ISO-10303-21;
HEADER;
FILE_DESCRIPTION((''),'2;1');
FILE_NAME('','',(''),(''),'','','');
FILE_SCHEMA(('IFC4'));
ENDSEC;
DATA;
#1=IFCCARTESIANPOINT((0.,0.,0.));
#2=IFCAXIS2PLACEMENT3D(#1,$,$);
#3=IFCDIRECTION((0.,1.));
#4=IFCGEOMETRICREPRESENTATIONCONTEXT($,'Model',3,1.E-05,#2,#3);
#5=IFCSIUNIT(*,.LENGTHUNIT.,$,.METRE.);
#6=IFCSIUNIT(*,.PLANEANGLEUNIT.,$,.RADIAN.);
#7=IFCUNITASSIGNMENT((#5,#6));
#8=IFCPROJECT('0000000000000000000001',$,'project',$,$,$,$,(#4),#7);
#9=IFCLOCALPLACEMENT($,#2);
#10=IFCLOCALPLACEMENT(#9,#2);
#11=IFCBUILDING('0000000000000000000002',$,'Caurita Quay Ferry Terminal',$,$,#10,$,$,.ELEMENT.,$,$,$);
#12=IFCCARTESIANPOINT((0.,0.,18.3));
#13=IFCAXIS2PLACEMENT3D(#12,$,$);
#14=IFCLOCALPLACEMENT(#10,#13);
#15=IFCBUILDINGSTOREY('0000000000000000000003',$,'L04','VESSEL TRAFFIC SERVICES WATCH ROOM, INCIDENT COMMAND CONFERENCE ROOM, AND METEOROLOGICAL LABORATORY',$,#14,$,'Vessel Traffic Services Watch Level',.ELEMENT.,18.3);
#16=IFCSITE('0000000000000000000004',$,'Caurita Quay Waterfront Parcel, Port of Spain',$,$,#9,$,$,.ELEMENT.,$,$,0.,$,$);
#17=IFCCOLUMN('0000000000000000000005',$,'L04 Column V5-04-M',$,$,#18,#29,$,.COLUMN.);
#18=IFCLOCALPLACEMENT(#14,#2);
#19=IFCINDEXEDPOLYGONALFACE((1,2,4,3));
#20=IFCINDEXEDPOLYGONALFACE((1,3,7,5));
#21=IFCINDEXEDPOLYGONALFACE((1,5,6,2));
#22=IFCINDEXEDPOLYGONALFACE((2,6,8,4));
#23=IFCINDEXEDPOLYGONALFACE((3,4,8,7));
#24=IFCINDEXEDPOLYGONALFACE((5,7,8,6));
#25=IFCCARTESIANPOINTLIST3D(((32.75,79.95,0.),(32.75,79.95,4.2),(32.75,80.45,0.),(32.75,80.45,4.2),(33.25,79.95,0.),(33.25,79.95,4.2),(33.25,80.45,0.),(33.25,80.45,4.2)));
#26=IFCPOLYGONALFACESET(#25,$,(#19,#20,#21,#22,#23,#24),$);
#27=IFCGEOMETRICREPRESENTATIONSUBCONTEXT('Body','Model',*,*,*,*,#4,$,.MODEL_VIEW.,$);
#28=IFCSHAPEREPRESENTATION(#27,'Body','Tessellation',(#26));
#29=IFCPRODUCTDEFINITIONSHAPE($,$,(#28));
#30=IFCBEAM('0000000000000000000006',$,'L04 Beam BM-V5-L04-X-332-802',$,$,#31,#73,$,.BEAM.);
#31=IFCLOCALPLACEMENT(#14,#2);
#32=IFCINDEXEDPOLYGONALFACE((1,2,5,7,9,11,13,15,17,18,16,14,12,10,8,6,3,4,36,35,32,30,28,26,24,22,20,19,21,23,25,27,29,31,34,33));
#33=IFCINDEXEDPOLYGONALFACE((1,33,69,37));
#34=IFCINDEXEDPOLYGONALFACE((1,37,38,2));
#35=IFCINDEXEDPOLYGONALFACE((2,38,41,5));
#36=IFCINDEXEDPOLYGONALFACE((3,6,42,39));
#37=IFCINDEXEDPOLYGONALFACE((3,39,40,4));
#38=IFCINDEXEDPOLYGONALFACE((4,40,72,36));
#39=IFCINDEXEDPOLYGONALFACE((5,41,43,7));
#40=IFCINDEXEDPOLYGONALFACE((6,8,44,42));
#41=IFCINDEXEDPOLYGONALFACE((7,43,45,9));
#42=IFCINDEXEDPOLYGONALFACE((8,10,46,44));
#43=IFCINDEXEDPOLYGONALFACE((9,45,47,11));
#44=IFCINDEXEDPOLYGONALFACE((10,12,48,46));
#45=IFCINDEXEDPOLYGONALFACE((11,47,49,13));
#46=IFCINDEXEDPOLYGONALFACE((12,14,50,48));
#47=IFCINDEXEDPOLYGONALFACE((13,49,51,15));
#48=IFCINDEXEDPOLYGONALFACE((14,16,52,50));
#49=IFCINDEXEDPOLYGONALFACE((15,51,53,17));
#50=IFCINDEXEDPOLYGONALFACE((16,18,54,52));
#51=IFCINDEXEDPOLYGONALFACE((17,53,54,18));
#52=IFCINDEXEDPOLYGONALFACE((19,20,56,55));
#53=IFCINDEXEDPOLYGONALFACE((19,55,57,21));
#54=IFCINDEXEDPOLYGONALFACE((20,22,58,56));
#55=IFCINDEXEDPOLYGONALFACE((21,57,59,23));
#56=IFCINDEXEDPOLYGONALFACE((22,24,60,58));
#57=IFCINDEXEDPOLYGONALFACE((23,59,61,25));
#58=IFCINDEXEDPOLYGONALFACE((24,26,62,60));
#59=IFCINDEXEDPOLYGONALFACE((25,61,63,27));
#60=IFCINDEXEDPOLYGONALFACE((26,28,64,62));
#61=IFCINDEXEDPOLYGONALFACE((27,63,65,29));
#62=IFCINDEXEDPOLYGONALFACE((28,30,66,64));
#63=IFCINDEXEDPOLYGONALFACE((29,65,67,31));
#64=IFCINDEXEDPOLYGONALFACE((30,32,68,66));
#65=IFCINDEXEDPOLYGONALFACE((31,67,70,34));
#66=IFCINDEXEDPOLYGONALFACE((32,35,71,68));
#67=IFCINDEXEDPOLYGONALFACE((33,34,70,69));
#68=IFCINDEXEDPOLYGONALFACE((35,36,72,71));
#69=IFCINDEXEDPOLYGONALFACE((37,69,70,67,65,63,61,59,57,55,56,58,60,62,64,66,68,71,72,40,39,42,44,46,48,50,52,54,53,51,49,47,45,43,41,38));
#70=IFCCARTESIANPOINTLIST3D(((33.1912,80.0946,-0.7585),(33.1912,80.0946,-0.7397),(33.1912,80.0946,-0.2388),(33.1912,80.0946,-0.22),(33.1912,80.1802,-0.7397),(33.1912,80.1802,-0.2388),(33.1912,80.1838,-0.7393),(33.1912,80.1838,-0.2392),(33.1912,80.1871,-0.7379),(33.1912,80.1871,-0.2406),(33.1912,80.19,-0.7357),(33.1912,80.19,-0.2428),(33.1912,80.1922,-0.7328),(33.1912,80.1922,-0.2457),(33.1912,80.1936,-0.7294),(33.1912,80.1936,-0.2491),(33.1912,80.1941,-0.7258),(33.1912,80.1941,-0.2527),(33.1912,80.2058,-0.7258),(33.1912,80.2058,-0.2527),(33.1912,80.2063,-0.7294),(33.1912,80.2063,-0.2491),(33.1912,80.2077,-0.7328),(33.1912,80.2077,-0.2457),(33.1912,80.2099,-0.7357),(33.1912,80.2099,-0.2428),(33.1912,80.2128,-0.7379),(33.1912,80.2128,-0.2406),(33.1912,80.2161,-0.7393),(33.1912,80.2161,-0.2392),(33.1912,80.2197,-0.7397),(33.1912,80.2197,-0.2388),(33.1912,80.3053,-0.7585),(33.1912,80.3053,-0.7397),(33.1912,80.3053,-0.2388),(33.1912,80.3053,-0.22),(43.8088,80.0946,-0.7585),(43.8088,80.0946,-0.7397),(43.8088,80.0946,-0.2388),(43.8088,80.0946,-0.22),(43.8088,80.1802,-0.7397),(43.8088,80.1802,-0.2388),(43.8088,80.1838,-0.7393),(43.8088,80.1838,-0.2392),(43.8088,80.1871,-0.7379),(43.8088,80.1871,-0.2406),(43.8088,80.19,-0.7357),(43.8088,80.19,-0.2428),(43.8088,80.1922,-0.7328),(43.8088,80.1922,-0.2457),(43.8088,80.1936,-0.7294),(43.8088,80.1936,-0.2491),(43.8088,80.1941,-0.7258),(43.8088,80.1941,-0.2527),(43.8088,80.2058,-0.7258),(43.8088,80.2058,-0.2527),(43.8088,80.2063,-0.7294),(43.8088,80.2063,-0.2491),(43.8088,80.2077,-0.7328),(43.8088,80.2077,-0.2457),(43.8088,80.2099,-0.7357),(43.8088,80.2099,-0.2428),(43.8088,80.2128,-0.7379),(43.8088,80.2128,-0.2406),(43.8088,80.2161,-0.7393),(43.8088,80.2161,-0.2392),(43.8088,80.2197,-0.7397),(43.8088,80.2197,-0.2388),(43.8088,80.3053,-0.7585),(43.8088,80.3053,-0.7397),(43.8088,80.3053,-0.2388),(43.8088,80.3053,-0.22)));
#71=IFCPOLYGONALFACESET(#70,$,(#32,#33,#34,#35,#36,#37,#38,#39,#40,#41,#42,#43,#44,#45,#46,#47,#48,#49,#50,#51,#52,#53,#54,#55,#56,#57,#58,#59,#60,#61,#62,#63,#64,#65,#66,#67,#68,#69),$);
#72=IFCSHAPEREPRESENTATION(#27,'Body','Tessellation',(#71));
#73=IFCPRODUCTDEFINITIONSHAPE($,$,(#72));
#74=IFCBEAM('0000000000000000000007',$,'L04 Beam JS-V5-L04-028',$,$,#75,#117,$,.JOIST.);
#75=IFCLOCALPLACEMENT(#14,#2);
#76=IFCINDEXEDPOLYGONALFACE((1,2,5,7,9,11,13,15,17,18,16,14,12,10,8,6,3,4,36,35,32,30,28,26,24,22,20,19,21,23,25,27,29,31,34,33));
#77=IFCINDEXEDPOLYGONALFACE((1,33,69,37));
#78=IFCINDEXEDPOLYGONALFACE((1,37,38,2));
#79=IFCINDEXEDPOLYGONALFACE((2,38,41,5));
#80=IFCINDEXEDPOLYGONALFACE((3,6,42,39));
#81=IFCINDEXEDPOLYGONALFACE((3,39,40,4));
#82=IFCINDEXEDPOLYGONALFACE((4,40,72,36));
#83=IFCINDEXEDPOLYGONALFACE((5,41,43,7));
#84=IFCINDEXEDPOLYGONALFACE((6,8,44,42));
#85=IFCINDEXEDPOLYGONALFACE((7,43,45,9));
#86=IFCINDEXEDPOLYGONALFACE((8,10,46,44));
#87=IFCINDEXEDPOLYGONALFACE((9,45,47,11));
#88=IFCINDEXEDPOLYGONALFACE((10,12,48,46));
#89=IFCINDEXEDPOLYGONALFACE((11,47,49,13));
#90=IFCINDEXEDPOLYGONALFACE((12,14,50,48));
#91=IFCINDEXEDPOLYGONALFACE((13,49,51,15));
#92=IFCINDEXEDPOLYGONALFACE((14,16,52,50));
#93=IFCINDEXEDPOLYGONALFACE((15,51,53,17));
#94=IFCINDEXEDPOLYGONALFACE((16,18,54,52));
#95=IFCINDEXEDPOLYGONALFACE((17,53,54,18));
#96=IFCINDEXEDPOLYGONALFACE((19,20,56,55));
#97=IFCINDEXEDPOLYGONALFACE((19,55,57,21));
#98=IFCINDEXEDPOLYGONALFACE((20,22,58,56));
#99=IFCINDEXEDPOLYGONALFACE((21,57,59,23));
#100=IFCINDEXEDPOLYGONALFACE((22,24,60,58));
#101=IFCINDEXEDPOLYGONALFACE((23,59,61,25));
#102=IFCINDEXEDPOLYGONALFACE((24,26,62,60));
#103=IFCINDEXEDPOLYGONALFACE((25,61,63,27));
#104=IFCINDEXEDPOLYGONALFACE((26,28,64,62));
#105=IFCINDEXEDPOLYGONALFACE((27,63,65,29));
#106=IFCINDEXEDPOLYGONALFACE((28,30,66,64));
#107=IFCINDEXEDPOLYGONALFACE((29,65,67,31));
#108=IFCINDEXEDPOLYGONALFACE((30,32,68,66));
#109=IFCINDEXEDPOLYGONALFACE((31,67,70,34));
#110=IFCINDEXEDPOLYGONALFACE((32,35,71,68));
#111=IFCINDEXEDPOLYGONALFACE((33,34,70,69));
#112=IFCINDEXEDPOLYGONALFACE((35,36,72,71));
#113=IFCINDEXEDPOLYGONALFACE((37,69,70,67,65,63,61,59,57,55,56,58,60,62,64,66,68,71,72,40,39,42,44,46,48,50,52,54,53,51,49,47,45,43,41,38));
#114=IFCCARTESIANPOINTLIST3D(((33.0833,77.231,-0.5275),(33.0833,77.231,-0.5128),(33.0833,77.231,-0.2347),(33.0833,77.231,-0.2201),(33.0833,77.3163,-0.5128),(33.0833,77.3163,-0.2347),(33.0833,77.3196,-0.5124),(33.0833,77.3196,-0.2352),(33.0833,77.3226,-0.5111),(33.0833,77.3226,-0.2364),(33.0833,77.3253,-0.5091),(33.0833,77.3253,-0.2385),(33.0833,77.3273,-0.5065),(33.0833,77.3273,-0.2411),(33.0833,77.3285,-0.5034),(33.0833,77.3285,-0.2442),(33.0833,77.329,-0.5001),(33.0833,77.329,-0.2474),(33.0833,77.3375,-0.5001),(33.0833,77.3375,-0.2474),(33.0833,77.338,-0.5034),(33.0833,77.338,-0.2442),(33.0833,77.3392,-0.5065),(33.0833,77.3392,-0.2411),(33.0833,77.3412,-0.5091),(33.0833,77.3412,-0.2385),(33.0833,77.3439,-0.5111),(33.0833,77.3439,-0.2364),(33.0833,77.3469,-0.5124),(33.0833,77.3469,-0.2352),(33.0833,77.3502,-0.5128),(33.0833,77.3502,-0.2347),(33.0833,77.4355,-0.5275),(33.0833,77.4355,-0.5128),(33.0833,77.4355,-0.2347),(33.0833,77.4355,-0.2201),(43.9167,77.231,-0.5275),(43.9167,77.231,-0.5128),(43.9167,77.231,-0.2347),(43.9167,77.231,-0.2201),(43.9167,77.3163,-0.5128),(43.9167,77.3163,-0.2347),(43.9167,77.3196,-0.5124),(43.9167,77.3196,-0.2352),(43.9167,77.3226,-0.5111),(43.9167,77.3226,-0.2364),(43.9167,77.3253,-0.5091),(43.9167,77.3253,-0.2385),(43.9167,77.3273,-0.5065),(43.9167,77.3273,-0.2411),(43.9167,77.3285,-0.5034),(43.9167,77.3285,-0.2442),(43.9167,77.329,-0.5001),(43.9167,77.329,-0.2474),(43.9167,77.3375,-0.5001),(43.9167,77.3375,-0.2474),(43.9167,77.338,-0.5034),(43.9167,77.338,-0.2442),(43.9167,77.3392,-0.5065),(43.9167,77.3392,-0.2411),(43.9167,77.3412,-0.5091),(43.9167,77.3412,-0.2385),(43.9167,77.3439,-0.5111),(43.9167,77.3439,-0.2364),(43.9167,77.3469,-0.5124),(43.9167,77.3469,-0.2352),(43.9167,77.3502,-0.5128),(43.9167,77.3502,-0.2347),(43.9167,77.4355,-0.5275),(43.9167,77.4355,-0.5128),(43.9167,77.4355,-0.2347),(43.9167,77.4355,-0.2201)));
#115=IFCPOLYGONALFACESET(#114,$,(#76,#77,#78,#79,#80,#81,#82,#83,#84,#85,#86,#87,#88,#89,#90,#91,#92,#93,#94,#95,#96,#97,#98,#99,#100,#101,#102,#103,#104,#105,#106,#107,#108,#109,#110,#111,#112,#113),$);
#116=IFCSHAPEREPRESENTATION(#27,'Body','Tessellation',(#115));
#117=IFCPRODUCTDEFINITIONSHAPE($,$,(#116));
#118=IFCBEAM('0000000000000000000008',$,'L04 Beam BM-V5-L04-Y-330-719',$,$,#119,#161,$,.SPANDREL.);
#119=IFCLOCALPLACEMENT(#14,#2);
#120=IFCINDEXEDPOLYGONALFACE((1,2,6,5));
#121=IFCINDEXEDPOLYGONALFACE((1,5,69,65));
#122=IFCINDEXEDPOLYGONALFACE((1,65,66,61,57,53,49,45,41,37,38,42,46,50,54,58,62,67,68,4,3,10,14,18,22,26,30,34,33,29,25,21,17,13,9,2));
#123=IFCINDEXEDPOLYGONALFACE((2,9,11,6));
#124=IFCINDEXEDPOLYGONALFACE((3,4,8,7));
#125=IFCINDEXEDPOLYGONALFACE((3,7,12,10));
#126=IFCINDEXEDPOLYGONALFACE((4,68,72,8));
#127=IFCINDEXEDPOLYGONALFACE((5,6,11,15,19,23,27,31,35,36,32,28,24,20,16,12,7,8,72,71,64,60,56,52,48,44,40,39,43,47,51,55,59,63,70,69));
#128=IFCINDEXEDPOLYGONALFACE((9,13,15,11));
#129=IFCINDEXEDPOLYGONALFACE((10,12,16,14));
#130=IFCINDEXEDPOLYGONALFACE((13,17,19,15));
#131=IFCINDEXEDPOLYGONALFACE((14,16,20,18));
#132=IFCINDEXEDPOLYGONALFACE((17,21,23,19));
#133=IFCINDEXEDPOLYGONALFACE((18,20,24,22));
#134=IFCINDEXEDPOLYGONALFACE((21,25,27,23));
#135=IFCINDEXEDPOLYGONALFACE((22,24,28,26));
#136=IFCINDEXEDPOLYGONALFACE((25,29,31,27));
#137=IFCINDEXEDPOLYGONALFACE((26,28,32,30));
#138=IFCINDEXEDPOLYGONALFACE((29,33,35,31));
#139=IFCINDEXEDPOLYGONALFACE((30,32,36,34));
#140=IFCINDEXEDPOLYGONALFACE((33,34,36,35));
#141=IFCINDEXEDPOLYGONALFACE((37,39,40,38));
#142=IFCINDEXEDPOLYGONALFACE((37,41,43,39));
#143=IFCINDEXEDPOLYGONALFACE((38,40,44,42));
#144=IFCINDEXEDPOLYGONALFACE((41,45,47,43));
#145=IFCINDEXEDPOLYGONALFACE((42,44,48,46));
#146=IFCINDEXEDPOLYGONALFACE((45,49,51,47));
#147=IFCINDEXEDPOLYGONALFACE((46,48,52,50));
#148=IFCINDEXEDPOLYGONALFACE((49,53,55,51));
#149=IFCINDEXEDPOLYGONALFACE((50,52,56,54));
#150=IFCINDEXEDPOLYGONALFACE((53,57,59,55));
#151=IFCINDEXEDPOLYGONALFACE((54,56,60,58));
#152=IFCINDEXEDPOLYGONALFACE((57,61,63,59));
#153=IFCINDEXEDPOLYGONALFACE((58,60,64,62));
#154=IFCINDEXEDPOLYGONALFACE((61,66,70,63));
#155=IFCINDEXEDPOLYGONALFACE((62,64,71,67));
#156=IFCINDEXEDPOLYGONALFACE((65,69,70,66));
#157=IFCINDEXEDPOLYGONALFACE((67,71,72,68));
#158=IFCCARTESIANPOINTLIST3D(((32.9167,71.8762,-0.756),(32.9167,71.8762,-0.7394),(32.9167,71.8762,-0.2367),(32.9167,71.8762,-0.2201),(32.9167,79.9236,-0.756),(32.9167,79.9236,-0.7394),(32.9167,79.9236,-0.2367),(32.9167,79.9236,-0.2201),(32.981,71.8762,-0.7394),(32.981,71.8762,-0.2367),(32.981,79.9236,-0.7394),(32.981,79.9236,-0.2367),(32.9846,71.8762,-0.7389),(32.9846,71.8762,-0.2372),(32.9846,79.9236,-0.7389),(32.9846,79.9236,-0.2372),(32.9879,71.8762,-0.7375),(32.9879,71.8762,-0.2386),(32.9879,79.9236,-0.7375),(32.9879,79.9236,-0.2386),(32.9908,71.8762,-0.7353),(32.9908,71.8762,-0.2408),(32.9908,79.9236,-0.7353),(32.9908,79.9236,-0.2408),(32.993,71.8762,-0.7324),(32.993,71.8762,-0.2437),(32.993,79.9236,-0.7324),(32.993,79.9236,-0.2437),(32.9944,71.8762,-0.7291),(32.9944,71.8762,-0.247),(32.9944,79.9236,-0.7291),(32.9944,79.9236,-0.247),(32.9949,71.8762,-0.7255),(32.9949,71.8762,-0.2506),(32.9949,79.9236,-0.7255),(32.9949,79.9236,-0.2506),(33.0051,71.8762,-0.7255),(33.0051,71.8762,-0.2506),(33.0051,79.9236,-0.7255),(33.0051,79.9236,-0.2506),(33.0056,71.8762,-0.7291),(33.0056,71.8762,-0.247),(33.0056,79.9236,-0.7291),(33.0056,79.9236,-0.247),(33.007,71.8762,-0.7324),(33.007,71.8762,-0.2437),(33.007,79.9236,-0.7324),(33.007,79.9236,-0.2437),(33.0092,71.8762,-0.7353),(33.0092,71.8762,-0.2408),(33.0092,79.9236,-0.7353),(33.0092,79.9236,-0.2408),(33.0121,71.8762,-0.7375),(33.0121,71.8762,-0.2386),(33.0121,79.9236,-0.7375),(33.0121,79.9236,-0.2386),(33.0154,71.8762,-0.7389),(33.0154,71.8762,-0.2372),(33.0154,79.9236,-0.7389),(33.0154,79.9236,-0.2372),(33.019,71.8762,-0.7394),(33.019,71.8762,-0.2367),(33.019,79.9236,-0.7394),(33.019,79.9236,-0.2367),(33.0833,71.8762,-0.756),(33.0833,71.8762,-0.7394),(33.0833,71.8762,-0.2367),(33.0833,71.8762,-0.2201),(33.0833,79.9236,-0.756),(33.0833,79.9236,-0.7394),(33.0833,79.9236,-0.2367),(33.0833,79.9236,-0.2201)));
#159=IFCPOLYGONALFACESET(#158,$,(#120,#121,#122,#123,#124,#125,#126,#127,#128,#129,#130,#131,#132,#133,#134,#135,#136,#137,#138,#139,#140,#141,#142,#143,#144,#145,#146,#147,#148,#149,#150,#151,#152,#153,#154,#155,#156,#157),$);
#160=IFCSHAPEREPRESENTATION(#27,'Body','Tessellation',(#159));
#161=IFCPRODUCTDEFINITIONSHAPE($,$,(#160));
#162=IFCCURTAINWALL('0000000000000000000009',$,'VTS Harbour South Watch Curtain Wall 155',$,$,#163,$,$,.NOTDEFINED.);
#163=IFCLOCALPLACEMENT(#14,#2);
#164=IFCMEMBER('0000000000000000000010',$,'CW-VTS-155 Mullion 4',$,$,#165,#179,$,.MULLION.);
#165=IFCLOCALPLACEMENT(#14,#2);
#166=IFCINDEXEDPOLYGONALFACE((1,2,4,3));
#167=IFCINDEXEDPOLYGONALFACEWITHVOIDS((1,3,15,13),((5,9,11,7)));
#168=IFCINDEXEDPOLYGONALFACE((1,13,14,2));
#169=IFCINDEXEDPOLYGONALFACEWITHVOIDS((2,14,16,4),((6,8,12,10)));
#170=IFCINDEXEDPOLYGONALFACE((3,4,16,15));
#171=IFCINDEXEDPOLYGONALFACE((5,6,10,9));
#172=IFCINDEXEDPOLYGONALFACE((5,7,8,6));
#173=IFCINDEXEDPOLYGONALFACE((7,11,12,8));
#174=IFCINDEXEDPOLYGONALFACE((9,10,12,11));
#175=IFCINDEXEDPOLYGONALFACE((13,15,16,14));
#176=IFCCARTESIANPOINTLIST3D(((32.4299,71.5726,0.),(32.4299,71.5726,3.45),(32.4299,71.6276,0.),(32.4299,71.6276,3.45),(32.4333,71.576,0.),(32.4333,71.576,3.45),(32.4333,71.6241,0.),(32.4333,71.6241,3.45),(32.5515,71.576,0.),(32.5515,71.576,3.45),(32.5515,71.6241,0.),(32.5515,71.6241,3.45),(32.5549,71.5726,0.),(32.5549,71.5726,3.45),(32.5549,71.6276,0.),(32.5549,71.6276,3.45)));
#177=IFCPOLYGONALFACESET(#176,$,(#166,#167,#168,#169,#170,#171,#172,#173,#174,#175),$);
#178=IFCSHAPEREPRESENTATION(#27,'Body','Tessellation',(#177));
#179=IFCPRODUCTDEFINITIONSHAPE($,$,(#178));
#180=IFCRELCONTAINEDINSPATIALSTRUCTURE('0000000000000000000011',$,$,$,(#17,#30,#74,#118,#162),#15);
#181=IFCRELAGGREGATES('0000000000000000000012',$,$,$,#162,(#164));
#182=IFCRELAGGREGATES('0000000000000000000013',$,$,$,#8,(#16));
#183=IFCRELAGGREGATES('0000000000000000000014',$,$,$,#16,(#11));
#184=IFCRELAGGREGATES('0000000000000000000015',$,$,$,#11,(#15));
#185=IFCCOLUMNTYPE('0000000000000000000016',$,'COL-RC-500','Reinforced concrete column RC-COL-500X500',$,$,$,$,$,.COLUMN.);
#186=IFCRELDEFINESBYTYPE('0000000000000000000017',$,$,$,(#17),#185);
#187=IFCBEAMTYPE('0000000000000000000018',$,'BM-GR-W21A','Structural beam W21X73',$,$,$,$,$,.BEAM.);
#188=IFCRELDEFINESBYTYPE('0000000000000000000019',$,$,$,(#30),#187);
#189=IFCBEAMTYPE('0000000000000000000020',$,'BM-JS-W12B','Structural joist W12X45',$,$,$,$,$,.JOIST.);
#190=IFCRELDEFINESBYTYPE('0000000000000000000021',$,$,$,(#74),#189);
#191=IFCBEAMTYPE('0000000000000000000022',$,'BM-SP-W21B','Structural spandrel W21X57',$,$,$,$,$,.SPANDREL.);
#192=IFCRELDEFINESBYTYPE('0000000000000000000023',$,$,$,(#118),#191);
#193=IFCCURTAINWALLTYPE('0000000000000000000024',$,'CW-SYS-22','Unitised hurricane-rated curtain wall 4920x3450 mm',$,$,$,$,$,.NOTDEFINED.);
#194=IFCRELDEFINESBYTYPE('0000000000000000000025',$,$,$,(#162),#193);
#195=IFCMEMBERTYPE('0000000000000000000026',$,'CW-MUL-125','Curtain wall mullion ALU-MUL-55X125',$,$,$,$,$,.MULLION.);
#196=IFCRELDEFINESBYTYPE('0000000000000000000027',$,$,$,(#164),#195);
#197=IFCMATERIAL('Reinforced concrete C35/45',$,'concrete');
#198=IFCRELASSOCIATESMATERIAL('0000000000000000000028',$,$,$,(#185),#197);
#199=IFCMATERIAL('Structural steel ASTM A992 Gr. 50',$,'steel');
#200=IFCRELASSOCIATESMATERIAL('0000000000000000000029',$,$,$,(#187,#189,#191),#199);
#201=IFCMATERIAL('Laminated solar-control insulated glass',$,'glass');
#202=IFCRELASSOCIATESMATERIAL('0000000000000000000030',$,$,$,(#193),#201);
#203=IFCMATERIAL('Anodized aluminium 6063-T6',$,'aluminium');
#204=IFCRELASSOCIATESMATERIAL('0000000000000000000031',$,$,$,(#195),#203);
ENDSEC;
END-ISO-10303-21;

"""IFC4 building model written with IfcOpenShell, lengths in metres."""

from ifc_helpers import new_model, si_unit, direction, frame, origin, origin_2d, place, context, subcontext, project, spatial, rectangle, hollow_rectangle, i_section, extrude, material, material_profile, profile_set, type_object, element, aggregate, save


model = new_model("IFC4")

# Units and contexts
model_context = context("Model", 3, precision=1e-05, world=origin(), true_north=direction((0.0, 1.0)))
body_context = subcontext(model_context, "Body", "Model", "MODEL_VIEW")
ifc_project = project(units=[si_unit("LENGTHUNIT", "METRE"), si_unit("PLANEANGLEUNIT", "RADIAN")], contexts=[model_context])

# Site, building, storey
site_placement = place(None, origin())
site = spatial("IfcSite", under=ifc_project, at=site_placement, Name="Caurita Quay Waterfront Parcel, Port of Spain", CompositionType="ELEMENT", RefElevation=0.0)
building_placement = place(site_placement, origin())
building = spatial("IfcBuilding", under=site, at=building_placement, Name="Caurita Quay Ferry Terminal", CompositionType="ELEMENT")
storey_placement = place(building_placement, frame((0.0, 0.0, 18.3)))
storey = spatial("IfcBuildingStorey", under=building, at=storey_placement, Name="L04", Description="VESSEL TRAFFIC SERVICES WATCH ROOM, INCIDENT COMMAND CONFERENCE ROOM, AND METEOROLOGICAL LABORATORY", LongName="Vessel Traffic Services Watch Level", CompositionType="ELEMENT", Elevation=18.3)

# Column
ifc_material_1 = material(Name="Reinforced concrete C35/45", Category="concrete")
ifc_material_profile_1 = material_profile(ifc_material_1, rectangle(XDim=0.5, YDim=0.5, at=origin_2d()), Name="RC-COL-500X500")
ifc_profile_set_1 = profile_set([ifc_material_profile_1], Name="Reinforced concrete C35/45")
column_type = type_object("IfcColumnType", Name="COL-RC-500", Description="Reinforced concrete column RC-COL-500X500", PredefinedType="COLUMN", material=ifc_profile_set_1)
column_placement = place(storey_placement, frame((33.0, 80.2, 0.0), z_axis=(0.0, 0.0, 1.0), x_axis=(1.0, 0.0, 0.0)))
element("IfcColumn", 1, at=column_placement, inside=storey, type_object=column_type, Name="L04 Column V5-04-M", PredefinedType="COLUMN", context=body_context, shape_type="SweptSolid", body=[
    extrude(rectangle(XDim=0.5, YDim=0.5, at=origin_2d()), origin(), (0.0, 0.0, 1.0), 4.2),
])

# Beams
ifc_material_2 = material(Name="Structural steel ASTM A992 Gr. 50", Category="steel")
ifc_material_profile_2 = material_profile(ifc_material_2, i_section(OverallWidth=0.2107, OverallDepth=0.5386, WebThickness=0.0117, FlangeThickness=0.0188, FilletRadius=0.0139, at=origin_2d()), Name="W21X73")
ifc_profile_set_2 = profile_set([ifc_material_profile_2], Name="Structural steel ASTM A992 Gr. 50")
beam_type_1 = type_object("IfcBeamType", Name="BM-GR-W21A", Description="Structural beam W21X73", PredefinedType="BEAM", material=ifc_profile_set_2)
beam_1_placement = place(storey_placement, frame((33.1912, 80.2, -0.4893), z_axis=(1.0, 0.0, 0.0), x_axis=(0.0, 1.0, 0.0)))
element("IfcBeam", 2, at=beam_1_placement, inside=storey, type_object=beam_type_1, Name="L04 Beam BM-V5-L04-X-332-802", PredefinedType="BEAM", context=body_context, shape_type="SweptSolid", body=[
    extrude(i_section(OverallWidth=0.2107, OverallDepth=0.5386, WebThickness=0.0117, FlangeThickness=0.0188, FilletRadius=0.0139, at=origin_2d()), origin(), (0.0, 0.0, 1.0), 10.6177),
])
ifc_material_profile_3 = material_profile(ifc_material_2, i_section(OverallWidth=0.2046, OverallDepth=0.3074, WebThickness=0.0085, FlangeThickness=0.0146, FilletRadius=0.0127, at=origin_2d()), Name="W12X45")
ifc_profile_set_3 = profile_set([ifc_material_profile_3], Name="Structural steel ASTM A992 Gr. 50")
beam_type_2 = type_object("IfcBeamType", Name="BM-JS-W12B", Description="Structural joist W12X45", PredefinedType="JOIST", material=ifc_profile_set_3)
beam_2_placement = place(storey_placement, frame((33.0833, 77.3333, -0.3738), z_axis=(1.0, 0.0, 0.0), x_axis=(0.0, 1.0, 0.0)))
element("IfcBeam", 3, at=beam_2_placement, inside=storey, type_object=beam_type_2, Name="L04 Beam JS-V5-L04-028", PredefinedType="JOIST", context=body_context, shape_type="SweptSolid", body=[
    extrude(i_section(OverallWidth=0.2046, OverallDepth=0.3074, WebThickness=0.0085, FlangeThickness=0.0146, FilletRadius=0.0127, at=origin_2d()), origin(), (0.0, 0.0, 1.0), 10.8335),
])
ifc_material_profile_4 = material_profile(ifc_material_2, i_section(OverallWidth=0.1665, OverallDepth=0.5359, WebThickness=0.0103, FlangeThickness=0.0166, FilletRadius=0.0139, at=origin_2d()), Name="W21X57")
ifc_profile_set_4 = profile_set([ifc_material_profile_4], Name="Structural steel ASTM A992 Gr. 50")
beam_type_3 = type_object("IfcBeamType", Name="BM-SP-W21B", Description="Structural spandrel W21X57", PredefinedType="SPANDREL", material=ifc_profile_set_4)
beam_3_placement = place(storey_placement, frame((33.0, 71.8762, -0.488), z_axis=(0.0, 1.0, 0.0), x_axis=(-1.0, 0.0, 0.0)))
element("IfcBeam", 4, at=beam_3_placement, inside=storey, type_object=beam_type_3, Name="L04 Beam BM-V5-L04-Y-330-719", PredefinedType="SPANDREL", context=body_context, shape_type="SweptSolid", body=[
    extrude(i_section(OverallWidth=0.1665, OverallDepth=0.5359, WebThickness=0.0103, FlangeThickness=0.0166, FilletRadius=0.0139, at=origin_2d()), origin(), (0.0, 0.0, 1.0), 8.0474),
])

# Curtain wall, member
ifc_material_3 = material(Name="Laminated solar-control insulated glass", Category="glass")
curtain_wall_type = type_object("IfcCurtainWallType", Name="CW-SYS-22", Description="Unitised hurricane-rated curtain wall 4920x3450 mm", PredefinedType="NOTDEFINED", material=ifc_material_3)
curtain_wall_placement = place(storey_placement, origin())
curtain_wall = element("IfcCurtainWall", 5, at=curtain_wall_placement, inside=storey, type_object=curtain_wall_type, Name="VTS Harbour South Watch Curtain Wall 155", PredefinedType="NOTDEFINED")
ifc_material_4 = material(Name="Anodized aluminium 6063-T6", Category="aluminium")
ifc_material_profile_5 = material_profile(ifc_material_4, hollow_rectangle(XDim=0.0549, YDim=0.125, WallThickness=0.0034, at=origin_2d()), Name="ALU-MUL-55X125")
ifc_profile_set_5 = profile_set([ifc_material_profile_5], Name="Anodized aluminium 6063-T6")
member_type_1 = type_object("IfcMemberType", Name="CW-MUL-125", Description="Curtain wall mullion ALU-MUL-55X125", PredefinedType="MULLION", material=ifc_profile_set_5)
member_1_placement = place(storey_placement, frame((32.4924, 71.6001, 0.0), z_axis=(0.0, 0.0, 1.0), x_axis=(0.0, 1.0, 0.0)))
member_1 = element("IfcMember", 6, at=member_1_placement, type_object=member_type_1, Name="CW-VTS-155 Mullion 4", PredefinedType="MULLION", context=body_context, shape_type="SweptSolid", body=[
    extrude(hollow_rectangle(XDim=0.0549, YDim=0.125, WallThickness=0.0034, at=origin_2d()), origin(), (0.0, 0.0, 1.0), 3.45),
])
aggregate(curtain_wall, [member_1])

save(model, "model.ifc")
